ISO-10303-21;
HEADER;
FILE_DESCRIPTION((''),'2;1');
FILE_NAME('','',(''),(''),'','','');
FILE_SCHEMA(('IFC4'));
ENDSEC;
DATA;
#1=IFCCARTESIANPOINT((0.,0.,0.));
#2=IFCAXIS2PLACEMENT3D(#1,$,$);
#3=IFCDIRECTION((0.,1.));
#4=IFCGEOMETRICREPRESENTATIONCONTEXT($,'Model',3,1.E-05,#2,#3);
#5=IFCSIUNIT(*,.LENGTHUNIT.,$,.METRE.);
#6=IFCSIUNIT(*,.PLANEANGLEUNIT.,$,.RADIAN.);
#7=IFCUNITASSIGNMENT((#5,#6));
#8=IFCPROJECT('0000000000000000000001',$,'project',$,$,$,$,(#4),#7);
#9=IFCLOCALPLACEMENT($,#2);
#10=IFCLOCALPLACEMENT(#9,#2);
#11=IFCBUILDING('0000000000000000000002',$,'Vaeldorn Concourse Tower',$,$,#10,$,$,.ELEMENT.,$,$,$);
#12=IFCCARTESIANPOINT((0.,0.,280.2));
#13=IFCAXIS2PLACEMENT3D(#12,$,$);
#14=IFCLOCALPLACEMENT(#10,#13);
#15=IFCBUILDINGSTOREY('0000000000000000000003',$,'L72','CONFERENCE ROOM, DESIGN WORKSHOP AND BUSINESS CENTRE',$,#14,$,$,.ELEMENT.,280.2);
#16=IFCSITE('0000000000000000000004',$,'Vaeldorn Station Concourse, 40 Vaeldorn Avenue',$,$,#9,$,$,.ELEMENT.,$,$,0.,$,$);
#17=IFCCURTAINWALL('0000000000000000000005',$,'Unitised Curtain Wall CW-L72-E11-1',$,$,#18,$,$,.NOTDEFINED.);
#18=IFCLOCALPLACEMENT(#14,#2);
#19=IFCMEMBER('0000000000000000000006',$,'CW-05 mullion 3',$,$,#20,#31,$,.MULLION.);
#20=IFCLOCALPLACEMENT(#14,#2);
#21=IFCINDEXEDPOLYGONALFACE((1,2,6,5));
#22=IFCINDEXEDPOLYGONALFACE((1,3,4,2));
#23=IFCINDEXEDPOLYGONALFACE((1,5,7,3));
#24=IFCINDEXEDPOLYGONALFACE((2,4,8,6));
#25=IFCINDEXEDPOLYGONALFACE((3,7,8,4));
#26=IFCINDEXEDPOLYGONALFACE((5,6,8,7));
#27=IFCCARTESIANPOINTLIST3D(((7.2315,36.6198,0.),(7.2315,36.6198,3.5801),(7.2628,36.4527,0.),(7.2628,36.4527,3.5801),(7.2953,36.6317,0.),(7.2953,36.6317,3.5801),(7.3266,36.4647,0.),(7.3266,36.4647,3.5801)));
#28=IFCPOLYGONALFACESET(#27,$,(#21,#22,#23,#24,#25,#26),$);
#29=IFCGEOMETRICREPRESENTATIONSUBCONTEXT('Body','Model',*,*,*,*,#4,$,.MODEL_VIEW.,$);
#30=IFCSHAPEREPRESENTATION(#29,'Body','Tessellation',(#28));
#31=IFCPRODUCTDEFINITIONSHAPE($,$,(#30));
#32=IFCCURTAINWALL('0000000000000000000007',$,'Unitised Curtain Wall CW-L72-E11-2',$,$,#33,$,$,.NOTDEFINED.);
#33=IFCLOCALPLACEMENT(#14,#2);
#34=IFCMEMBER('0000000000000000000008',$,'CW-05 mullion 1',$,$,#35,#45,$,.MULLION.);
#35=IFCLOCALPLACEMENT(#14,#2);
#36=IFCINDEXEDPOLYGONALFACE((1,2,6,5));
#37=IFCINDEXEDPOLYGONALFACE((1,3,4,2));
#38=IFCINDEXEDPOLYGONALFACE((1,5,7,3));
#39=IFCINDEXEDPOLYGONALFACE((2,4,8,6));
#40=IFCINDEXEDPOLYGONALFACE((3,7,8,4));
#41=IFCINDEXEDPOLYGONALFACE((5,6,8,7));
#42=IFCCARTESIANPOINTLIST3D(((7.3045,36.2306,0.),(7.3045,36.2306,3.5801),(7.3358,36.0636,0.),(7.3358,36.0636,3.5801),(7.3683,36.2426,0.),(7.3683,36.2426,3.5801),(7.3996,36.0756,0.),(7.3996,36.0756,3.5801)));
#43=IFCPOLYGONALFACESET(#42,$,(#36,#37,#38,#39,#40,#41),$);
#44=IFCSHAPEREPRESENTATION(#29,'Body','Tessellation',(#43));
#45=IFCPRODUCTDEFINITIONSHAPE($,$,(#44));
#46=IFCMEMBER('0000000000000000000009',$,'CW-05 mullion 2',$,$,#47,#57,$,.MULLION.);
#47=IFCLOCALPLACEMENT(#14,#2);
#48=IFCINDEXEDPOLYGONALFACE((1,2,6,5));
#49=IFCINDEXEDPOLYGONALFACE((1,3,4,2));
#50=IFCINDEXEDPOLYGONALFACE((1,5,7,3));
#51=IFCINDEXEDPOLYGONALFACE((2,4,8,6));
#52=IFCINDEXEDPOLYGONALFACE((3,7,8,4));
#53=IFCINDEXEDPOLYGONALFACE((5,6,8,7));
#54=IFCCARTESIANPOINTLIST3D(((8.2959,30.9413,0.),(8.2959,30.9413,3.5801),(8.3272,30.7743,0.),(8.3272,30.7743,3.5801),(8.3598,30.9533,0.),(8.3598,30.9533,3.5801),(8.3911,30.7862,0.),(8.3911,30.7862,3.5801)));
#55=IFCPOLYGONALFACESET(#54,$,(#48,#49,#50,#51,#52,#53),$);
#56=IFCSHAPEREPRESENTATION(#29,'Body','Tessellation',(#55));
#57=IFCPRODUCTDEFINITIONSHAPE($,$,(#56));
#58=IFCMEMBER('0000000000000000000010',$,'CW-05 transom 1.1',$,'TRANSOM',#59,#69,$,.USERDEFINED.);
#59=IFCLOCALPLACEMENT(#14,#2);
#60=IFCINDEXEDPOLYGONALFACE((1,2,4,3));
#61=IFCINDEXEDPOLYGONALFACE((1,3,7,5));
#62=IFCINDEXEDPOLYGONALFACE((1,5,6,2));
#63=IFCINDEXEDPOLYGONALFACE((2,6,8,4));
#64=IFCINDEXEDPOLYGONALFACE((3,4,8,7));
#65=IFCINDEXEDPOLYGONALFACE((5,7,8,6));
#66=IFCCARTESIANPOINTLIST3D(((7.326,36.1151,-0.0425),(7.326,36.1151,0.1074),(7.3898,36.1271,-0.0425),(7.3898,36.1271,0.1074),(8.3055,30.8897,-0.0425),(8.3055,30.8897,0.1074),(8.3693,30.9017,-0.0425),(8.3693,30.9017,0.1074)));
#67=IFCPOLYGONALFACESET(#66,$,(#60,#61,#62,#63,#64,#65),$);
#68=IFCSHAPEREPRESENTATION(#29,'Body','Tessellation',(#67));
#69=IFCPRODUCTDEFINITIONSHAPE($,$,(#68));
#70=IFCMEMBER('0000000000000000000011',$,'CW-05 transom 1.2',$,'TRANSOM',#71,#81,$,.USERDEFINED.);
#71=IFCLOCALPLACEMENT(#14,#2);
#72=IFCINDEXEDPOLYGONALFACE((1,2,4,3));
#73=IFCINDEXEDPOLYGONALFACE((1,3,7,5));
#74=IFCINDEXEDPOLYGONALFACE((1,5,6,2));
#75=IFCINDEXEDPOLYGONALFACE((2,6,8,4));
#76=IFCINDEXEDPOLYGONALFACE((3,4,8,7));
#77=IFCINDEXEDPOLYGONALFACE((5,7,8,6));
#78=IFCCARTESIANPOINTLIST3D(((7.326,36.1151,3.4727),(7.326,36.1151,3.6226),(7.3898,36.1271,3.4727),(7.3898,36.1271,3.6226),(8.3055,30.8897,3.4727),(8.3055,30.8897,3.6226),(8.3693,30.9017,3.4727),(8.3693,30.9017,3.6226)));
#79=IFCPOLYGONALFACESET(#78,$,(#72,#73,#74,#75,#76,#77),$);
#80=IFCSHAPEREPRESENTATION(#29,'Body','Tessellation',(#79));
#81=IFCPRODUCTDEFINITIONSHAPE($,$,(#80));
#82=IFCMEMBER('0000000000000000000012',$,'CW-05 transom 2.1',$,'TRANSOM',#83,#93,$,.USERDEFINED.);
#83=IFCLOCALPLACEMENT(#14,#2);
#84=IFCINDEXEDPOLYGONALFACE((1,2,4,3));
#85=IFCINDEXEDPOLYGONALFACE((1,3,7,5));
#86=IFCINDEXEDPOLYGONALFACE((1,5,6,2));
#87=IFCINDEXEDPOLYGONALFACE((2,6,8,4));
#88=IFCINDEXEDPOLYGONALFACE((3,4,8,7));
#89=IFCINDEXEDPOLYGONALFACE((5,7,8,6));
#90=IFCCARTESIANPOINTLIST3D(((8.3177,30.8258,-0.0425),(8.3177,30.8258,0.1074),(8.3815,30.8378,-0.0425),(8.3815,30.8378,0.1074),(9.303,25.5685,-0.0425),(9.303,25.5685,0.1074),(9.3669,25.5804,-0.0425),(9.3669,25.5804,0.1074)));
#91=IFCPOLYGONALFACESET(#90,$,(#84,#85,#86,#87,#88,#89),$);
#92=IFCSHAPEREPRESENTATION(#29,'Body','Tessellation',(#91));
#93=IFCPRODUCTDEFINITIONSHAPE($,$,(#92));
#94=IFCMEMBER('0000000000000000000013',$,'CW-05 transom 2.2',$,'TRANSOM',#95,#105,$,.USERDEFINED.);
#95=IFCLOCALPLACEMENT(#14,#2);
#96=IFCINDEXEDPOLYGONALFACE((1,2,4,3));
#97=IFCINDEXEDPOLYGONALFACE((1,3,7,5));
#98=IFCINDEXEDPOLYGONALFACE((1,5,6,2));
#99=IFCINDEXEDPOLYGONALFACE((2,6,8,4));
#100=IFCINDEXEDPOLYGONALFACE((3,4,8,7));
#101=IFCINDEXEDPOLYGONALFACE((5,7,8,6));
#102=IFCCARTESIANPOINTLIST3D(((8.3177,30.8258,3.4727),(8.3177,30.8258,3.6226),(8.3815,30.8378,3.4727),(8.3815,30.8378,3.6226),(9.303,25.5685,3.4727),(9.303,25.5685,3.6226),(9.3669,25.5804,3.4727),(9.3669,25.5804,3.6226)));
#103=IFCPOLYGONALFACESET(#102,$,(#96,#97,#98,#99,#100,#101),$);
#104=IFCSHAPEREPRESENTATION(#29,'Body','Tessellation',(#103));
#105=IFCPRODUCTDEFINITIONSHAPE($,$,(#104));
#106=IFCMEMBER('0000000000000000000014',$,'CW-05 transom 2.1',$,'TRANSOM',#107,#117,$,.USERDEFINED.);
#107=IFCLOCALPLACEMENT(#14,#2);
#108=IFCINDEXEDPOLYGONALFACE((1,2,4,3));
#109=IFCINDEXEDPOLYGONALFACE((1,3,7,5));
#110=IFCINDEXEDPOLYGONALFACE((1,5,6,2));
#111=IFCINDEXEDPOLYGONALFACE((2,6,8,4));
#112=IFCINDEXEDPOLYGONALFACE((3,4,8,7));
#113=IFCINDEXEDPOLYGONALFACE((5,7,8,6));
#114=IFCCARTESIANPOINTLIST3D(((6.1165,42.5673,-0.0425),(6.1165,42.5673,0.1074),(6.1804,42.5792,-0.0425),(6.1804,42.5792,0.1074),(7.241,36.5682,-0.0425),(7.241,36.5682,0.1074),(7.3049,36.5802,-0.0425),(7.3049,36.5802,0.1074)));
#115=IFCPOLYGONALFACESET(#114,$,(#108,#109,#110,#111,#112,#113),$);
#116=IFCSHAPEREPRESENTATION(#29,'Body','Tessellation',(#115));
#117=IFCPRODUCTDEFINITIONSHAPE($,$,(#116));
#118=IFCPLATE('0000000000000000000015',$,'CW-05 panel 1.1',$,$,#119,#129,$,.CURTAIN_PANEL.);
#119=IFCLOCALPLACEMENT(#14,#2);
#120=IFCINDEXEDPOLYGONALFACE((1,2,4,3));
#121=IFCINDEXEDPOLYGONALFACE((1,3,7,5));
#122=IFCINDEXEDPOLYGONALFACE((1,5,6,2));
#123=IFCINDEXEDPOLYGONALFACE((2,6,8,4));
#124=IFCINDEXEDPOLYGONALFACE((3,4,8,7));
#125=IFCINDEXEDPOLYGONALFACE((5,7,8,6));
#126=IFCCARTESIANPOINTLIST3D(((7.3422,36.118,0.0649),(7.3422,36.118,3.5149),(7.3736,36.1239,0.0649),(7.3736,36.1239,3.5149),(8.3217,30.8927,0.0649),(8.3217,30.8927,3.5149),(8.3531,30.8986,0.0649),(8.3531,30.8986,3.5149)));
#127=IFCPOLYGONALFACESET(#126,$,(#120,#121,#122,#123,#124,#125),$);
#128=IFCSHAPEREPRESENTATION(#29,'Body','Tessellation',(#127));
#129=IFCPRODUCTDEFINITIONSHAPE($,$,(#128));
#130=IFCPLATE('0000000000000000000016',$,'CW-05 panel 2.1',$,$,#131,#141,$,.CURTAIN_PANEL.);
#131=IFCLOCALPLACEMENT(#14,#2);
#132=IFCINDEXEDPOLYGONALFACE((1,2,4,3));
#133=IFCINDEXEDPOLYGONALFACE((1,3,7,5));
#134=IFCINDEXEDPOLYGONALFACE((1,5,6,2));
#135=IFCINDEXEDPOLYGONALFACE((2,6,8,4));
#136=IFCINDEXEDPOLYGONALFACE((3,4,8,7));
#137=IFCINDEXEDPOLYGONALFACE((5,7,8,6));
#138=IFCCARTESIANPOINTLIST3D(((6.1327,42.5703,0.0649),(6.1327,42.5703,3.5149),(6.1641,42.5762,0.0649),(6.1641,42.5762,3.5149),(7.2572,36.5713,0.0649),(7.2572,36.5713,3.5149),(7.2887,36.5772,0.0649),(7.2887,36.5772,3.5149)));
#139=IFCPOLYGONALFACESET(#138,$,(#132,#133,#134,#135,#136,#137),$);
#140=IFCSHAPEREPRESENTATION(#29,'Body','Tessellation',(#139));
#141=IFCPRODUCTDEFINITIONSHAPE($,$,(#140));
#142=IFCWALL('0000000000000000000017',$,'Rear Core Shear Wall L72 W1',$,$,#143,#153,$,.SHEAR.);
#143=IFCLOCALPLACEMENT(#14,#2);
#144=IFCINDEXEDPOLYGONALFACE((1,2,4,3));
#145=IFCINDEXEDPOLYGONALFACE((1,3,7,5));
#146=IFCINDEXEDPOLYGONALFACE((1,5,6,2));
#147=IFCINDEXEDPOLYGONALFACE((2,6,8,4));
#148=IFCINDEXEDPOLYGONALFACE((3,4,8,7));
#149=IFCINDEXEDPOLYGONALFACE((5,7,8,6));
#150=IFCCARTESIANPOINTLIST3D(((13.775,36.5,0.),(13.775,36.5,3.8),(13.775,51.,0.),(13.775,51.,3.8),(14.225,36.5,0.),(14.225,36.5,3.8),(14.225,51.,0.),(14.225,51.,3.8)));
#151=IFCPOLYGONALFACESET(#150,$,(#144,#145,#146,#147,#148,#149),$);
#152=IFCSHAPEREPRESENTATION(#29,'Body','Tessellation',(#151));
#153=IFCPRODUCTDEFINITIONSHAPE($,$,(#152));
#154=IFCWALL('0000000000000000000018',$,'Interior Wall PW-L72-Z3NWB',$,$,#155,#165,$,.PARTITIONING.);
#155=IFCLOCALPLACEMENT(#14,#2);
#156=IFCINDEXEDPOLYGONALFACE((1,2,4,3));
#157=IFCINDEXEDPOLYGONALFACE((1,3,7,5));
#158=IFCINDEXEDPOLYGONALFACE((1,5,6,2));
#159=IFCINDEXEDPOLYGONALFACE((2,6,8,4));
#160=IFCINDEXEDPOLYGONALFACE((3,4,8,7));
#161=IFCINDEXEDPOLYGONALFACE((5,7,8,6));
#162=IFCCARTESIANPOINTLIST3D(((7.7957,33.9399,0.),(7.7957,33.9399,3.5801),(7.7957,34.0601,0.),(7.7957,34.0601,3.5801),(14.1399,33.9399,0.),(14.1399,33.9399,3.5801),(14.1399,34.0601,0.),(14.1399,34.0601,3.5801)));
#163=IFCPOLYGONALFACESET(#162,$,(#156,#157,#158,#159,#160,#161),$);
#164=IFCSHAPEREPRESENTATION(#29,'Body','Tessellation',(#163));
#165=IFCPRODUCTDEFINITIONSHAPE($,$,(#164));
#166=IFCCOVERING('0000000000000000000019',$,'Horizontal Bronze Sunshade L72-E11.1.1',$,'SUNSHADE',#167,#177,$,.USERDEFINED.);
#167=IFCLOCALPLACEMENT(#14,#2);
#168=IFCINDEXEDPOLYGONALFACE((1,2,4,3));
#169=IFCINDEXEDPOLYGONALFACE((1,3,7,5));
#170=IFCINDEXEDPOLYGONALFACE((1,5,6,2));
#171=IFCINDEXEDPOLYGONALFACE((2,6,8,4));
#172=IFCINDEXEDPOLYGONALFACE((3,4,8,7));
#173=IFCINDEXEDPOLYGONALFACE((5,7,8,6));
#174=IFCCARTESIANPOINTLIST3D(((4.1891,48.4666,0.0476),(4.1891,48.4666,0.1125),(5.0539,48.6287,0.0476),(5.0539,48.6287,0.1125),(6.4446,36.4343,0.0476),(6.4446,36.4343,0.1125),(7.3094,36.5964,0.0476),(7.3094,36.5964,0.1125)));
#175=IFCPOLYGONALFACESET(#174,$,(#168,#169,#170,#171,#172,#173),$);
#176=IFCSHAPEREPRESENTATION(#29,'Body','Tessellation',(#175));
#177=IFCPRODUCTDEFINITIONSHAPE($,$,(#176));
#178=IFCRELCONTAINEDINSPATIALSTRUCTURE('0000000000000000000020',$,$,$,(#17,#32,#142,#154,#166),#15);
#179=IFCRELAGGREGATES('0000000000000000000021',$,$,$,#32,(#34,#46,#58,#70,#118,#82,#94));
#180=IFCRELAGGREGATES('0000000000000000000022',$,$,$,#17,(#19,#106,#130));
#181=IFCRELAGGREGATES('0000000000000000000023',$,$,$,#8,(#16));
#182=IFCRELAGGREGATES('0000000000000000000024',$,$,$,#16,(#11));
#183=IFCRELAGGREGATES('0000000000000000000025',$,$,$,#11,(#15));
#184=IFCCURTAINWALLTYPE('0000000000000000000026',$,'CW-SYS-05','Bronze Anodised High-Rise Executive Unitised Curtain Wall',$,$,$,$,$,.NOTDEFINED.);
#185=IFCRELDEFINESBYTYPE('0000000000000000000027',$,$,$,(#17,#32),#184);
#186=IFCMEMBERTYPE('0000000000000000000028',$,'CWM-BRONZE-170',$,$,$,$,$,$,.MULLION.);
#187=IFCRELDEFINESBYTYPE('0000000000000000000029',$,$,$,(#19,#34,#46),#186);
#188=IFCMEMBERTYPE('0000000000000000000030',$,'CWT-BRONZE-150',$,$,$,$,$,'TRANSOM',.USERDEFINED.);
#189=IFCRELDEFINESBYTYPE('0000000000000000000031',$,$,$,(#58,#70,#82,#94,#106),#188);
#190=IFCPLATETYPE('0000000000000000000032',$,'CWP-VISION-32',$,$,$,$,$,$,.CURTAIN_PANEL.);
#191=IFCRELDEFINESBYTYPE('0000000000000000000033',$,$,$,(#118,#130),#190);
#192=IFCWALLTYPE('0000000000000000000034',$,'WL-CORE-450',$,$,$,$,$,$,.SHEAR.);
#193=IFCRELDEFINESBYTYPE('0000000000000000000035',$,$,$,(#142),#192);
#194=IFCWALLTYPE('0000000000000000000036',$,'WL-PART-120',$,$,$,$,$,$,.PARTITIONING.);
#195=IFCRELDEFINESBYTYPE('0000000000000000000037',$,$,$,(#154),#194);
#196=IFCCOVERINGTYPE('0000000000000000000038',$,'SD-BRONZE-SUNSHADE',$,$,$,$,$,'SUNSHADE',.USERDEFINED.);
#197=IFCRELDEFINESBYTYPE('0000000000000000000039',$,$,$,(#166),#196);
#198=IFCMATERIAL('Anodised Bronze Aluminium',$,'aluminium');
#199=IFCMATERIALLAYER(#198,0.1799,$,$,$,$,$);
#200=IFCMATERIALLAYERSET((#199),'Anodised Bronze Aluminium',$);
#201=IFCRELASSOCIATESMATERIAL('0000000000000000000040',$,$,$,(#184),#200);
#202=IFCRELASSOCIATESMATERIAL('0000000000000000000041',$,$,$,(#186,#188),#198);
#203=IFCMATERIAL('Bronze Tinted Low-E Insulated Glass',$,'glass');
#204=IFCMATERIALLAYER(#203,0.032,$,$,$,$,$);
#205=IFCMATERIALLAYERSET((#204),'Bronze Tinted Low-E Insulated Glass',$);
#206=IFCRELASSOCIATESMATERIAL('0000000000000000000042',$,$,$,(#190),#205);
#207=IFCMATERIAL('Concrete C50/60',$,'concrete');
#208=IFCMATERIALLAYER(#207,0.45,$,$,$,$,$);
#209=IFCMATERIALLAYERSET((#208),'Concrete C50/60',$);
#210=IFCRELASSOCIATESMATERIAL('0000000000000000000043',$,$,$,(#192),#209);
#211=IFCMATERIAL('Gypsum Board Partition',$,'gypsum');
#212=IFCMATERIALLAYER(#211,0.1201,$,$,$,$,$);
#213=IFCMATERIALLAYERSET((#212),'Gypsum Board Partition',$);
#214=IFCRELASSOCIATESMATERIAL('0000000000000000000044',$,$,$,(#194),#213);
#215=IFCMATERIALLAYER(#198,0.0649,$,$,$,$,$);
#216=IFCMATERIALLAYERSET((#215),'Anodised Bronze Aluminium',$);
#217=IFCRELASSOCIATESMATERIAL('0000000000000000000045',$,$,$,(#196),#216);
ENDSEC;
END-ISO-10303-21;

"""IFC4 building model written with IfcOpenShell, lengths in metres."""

from ifc_helpers import new_model, si_unit, direction, frame, frame_2d, origin, origin_2d, place, context, subcontext, project, spatial, rectangle, extrude, source, transform, mapped, material, layer, layer_set, material_profile, profile_set, type_object, element, aggregate, save


model = new_model("IFC4")

# Units and contexts
model_context = context("Model", 3, precision=1e-05, world=origin(), true_north=direction((0.0, 1.0)))
body_context = subcontext(model_context, "Body", "Model", "MODEL_VIEW")
ifc_project = project(units=[si_unit("LENGTHUNIT", "METRE"), si_unit("PLANEANGLEUNIT", "RADIAN")], contexts=[model_context])

# Site, building, storey
site_placement = place(None, origin())
site = spatial("IfcSite", under=ifc_project, at=site_placement, Name="Vaeldorn Station Concourse, 40 Vaeldorn Avenue", CompositionType="ELEMENT", RefElevation=0.0)
building_placement = place(site_placement, origin())
building = spatial("IfcBuilding", under=site, at=building_placement, Name="Vaeldorn Concourse Tower", CompositionType="ELEMENT")
storey_placement = place(building_placement, frame((0.0, 0.0, 280.2)))
storey = spatial("IfcBuildingStorey", under=building, at=storey_placement, Name="L72", Description="CONFERENCE ROOM, DESIGN WORKSHOP AND BUSINESS CENTRE", CompositionType="ELEMENT", Elevation=280.2)

# Shared definitions
ifc_material_1 = material(Name="Concrete C50/60", Category="concrete")

# Curtain wall, member
ifc_material_2 = material(Name="Anodised Bronze Aluminium", Category="aluminium")
ifc_layer_1 = layer(ifc_material_2, 0.1799)
ifc_layer_set_1 = layer_set([ifc_layer_1], Name="Anodised Bronze Aluminium")
curtain_wall_type = type_object("IfcCurtainWallType", Name="CW-SYS-05", Description="Bronze Anodised High-Rise Executive Unitised Curtain Wall", PredefinedType="NOTDEFINED", material=ifc_layer_set_1)
curtain_wall_1_placement = place(storey_placement, origin())
curtain_wall_1 = element("IfcCurtainWall", 1, at=curtain_wall_1_placement, inside=storey, type_object=curtain_wall_type, Name="Unitised Curtain Wall CW-L72-E11-1", PredefinedType="NOTDEFINED")
ifc_material_profile_1 = material_profile(ifc_material_2, rectangle(XDim=0.0649, YDim=0.1699, at=origin_2d()), Name="CWM 65x170")
ifc_profile_set_1 = profile_set([ifc_material_profile_1], Name="Anodised Bronze Aluminium")
member_type_1 = type_object("IfcMemberType", Name="CWM-BRONZE-170", PredefinedType="MULLION", material=ifc_profile_set_1)
shared_shape_1 = source(origin(), body_context, "Body", "SweptSolid", [
    extrude(rectangle(XDim=0.0649, YDim=0.1699, at=origin_2d()), origin(), (0.0, 0.0, 1.0), 3.5801),
])
member_1_placement = place(storey_placement, frame((7.2791, 36.5422, 0.0), z_axis=(0.0, 0.0, 1.0), x_axis=(0.98288, 0.184246, 0.0)))
member_1 = element("IfcMember", 2, at=member_1_placement, type_object=member_type_1, Name="CW-05 mullion 3", PredefinedType="MULLION", context=body_context, shape_type="MappedRepresentation", body=[
    mapped(shared_shape_1, transform((0.0, 0.0, 0.0), scale=1.0)),
])

# Curtain wall, members
curtain_wall_2_placement = place(storey_placement, origin())
curtain_wall_2 = element("IfcCurtainWall", 3, at=curtain_wall_2_placement, inside=storey, type_object=curtain_wall_type, Name="Unitised Curtain Wall CW-L72-E11-2", PredefinedType="NOTDEFINED")
member_2_placement = place(storey_placement, frame((7.3521, 36.1531, 0.0), z_axis=(0.0, 0.0, 1.0), x_axis=(0.98288, 0.184247, 0.0)))
member_2 = element("IfcMember", 4, at=member_2_placement, type_object=member_type_1, Name="CW-05 mullion 1", PredefinedType="MULLION", context=body_context, shape_type="MappedRepresentation", body=[
    mapped(shared_shape_1, transform((0.0, 0.0, 0.0), scale=1.0)),
])
member_3_placement = place(storey_placement, frame((8.3435, 30.8638, 0.0), z_axis=(0.0, 0.0, 1.0), x_axis=(0.98288, 0.184247, 0.0)))
member_3 = element("IfcMember", 5, at=member_3_placement, type_object=member_type_1, Name="CW-05 mullion 2", PredefinedType="MULLION", context=body_context, shape_type="MappedRepresentation", body=[
    mapped(shared_shape_1, transform((0.0, 0.0, 0.0), scale=1.0)),
])
ifc_material_profile_2 = material_profile(ifc_material_2, rectangle(XDim=0.0649, YDim=0.1499, at=origin_2d()), Name="CWT 65x150")
ifc_profile_set_2 = profile_set([ifc_material_profile_2], Name="Anodised Bronze Aluminium")
member_type_2 = type_object("IfcMemberType", Name="CWT-BRONZE-150", ElementType="TRANSOM", PredefinedType="USERDEFINED", material=ifc_profile_set_2)
shared_shape_2 = source(origin(), body_context, "Body", "SweptSolid", [
    extrude(rectangle(XDim=0.0649, YDim=0.1499, at=origin_2d()), origin(), (0.0, 0.0, 1.0), 5.3164),
])
member_4_placement = place(storey_placement, frame((7.3579, 36.1211, 0.0325), z_axis=(0.184241, -0.982881, 0.0), x_axis=(0.982881, 0.184241, 0.0)))
member_4 = element("IfcMember", 6, at=member_4_placement, type_object=member_type_2, Name="CW-05 transom 1.1", ObjectType="TRANSOM", PredefinedType="USERDEFINED", context=body_context, shape_type="MappedRepresentation", body=[
    mapped(shared_shape_2, transform((0.0, 0.0, 0.0), scale=1.0)),
])
member_5_placement = place(storey_placement, frame((7.3579, 36.1211, 3.5476), z_axis=(0.184241, -0.982881, 0.0), x_axis=(0.982881, 0.184241, 0.0)))
member_5 = element("IfcMember", 7, at=member_5_placement, type_object=member_type_2, Name="CW-05 transom 1.2", ObjectType="TRANSOM", PredefinedType="USERDEFINED", context=body_context, shape_type="MappedRepresentation", body=[
    mapped(shared_shape_2, transform((0.0, 0.0, 0.0), scale=1.0)),
])
shared_shape_3 = source(origin(), body_context, "Body", "SweptSolid", [
    extrude(rectangle(XDim=0.0649, YDim=0.1499, at=origin_2d()), origin(), (0.0, 0.0, 1.0), 5.3489),
])
member_6_placement = place(storey_placement, frame((8.3496, 30.8318, 0.0325), z_axis=(0.184217, -0.982886, 0.0), x_axis=(0.982886, 0.184217, 0.0)))
member_6 = element("IfcMember", 8, at=member_6_placement, type_object=member_type_2, Name="CW-05 transom 2.1", ObjectType="TRANSOM", PredefinedType="USERDEFINED", context=body_context, shape_type="MappedRepresentation", body=[
    mapped(shared_shape_3, transform((0.0, 0.0, 0.0), scale=1.0)),
])
member_7_placement = place(storey_placement, frame((8.3496, 30.8318, 3.5476), z_axis=(0.184217, -0.982886, 0.0), x_axis=(0.982886, 0.184217, 0.0)))
member_7 = element("IfcMember", 9, at=member_7_placement, type_object=member_type_2, Name="CW-05 transom 2.2", ObjectType="TRANSOM", PredefinedType="USERDEFINED", context=body_context, shape_type="MappedRepresentation", body=[
    mapped(shared_shape_3, transform((0.0, 0.0, 0.0), scale=1.0)),
])

# Member
shared_shape_4 = source(origin(), body_context, "Body", "SweptSolid", [
    extrude(rectangle(XDim=0.0649, YDim=0.1499, at=origin_2d()), origin(), (0.0, 0.0, 1.0), 6.1035),
])
member_8_placement = place(storey_placement, frame((6.1484, 42.5732, 0.0325), z_axis=(0.18424, -0.982881, 0.0), x_axis=(0.982881, 0.18424, 0.0)))
member_8 = element("IfcMember", 10, at=member_8_placement, type_object=member_type_2, Name="CW-05 transom 2.1", ObjectType="TRANSOM", PredefinedType="USERDEFINED", context=body_context, shape_type="MappedRepresentation", body=[
    mapped(shared_shape_4, transform((0.0, 0.0, 0.0), scale=1.0)),
])

# Plates
ifc_material_3 = material(Name="Bronze Tinted Low-E Insulated Glass", Category="glass")
ifc_layer_2 = layer(ifc_material_3, 0.032)
ifc_layer_set_2 = layer_set([ifc_layer_2], Name="Bronze Tinted Low-E Insulated Glass")
plate_type = type_object("IfcPlateType", Name="CWP-VISION-32", PredefinedType="CURTAIN_PANEL", material=ifc_layer_set_2)
shared_shape_5 = source(origin(), body_context, "Body", "SweptSolid", [
    extrude(rectangle(XDim=5.3164, YDim=0.032, at=origin_2d()), origin(), (0.0, 0.0, 1.0), 3.45),
])
plate_1_placement = place(storey_placement, frame((7.8477, 33.5083, 0.0649), z_axis=(0.0, 0.0, 1.0), x_axis=(0.184247, -0.98288, 0.0)))
plate_1 = element("IfcPlate", 11, at=plate_1_placement, type_object=plate_type, Name="CW-05 panel 1.1", PredefinedType="CURTAIN_PANEL", context=body_context, shape_type="MappedRepresentation", body=[
    mapped(shared_shape_5, transform((0.0, 0.0, 0.0), scale=1.0)),
])
aggregate(curtain_wall_2, [member_2, member_3, member_4, member_5, plate_1, member_6, member_7])
shared_shape_6 = source(origin(), body_context, "Body", "SweptSolid", [
    extrude(rectangle(XDim=6.1035, YDim=0.032, at=origin_2d()), origin(), (0.0, 0.0, 1.0), 3.45),
])
plate_2_placement = place(storey_placement, frame((6.7107, 39.5737, 0.0649), z_axis=(0.0, 0.0, 1.0), x_axis=(0.184246, -0.98288, 0.0)))
plate_2 = element("IfcPlate", 12, at=plate_2_placement, type_object=plate_type, Name="CW-05 panel 2.1", PredefinedType="CURTAIN_PANEL", context=body_context, shape_type="MappedRepresentation", body=[
    mapped(shared_shape_6, transform((0.0, 0.0, 0.0), scale=1.0)),
])
aggregate(curtain_wall_1, [member_1, member_8, plate_2])

# Walls
ifc_layer_3 = layer(ifc_material_1, 0.45)
ifc_layer_set_3 = layer_set([ifc_layer_3], Name="Concrete C50/60")
wall_type_1 = type_object("IfcWallType", Name="WL-CORE-450", PredefinedType="SHEAR", material=ifc_layer_set_3)
wall_1_placement = place(storey_placement, frame((14.0, 36.5, 0.0), z_axis=(0.0, 0.0, 1.0), x_axis=(0.0, 1.0, 0.0)))
element("IfcWall", 13, at=wall_1_placement, inside=storey, type_object=wall_type_1, Name="Rear Core Shear Wall L72 W1", PredefinedType="SHEAR", context=body_context, shape_type="SweptSolid", body=[
    extrude(rectangle(XDim=14.5, YDim=0.45, at=frame_2d((7.25, 0.0))), origin(), (0.0, 0.0, 1.0), 3.8),
])
ifc_material_4 = material(Name="Gypsum Board Partition", Category="gypsum")
ifc_layer_4 = layer(ifc_material_4, 0.1201)
ifc_layer_set_4 = layer_set([ifc_layer_4], Name="Gypsum Board Partition")
wall_type_2 = type_object("IfcWallType", Name="WL-PART-120", PredefinedType="PARTITIONING", material=ifc_layer_set_4)
wall_2_placement = place(storey_placement, frame((7.7957, 34.0, 0.0), z_axis=(0.0, 0.0, 1.0), x_axis=(1.0, 0.0, 0.0)))
element("IfcWall", 14, at=wall_2_placement, inside=storey, type_object=wall_type_2, Name="Interior Wall PW-L72-Z3NWB", PredefinedType="PARTITIONING", context=body_context, shape_type="SweptSolid", body=[
    extrude(rectangle(XDim=6.3442, YDim=0.1201, at=frame_2d((3.1721, 0.0))), origin(), (0.0, 0.0, 1.0), 3.5801),
])

# Covering
ifc_layer_5 = layer(ifc_material_2, 0.0649)
ifc_layer_set_5 = layer_set([ifc_layer_5], Name="Anodised Bronze Aluminium")
covering_type = type_object("IfcCoveringType", Name="SD-BRONZE-SUNSHADE", ElementType="SUNSHADE", PredefinedType="USERDEFINED", material=ifc_layer_set_5)
shared_shape_7 = source(origin(), body_context, "Body", "SweptSolid", [
    extrude(rectangle(XDim=12.2419, YDim=0.8799, at=origin_2d()), origin(), (0.0, 0.0, 1.0), 0.0649),
])
for number, where, z_axis, x_axis, name in (
    (15, (5.7493, 42.5315, 0.0476), (0.0, 0.0, 1.0), (0.184243, -0.982881, 0.0), "Horizontal Bronze Sunshade L72-E11.1.1"),
):
    element("IfcCovering", number, at=place(storey_placement, frame(where, z_axis=z_axis, x_axis=x_axis)), inside=storey, type_object=covering_type, Name=name, ObjectType="SUNSHADE", PredefinedType="USERDEFINED", context=body_context, shape_type="MappedRepresentation", body=[
        mapped(shared_shape_7, transform((0.0, 0.0, 0.0), scale=1.0)),
    ])

save(model, "model.ifc")
